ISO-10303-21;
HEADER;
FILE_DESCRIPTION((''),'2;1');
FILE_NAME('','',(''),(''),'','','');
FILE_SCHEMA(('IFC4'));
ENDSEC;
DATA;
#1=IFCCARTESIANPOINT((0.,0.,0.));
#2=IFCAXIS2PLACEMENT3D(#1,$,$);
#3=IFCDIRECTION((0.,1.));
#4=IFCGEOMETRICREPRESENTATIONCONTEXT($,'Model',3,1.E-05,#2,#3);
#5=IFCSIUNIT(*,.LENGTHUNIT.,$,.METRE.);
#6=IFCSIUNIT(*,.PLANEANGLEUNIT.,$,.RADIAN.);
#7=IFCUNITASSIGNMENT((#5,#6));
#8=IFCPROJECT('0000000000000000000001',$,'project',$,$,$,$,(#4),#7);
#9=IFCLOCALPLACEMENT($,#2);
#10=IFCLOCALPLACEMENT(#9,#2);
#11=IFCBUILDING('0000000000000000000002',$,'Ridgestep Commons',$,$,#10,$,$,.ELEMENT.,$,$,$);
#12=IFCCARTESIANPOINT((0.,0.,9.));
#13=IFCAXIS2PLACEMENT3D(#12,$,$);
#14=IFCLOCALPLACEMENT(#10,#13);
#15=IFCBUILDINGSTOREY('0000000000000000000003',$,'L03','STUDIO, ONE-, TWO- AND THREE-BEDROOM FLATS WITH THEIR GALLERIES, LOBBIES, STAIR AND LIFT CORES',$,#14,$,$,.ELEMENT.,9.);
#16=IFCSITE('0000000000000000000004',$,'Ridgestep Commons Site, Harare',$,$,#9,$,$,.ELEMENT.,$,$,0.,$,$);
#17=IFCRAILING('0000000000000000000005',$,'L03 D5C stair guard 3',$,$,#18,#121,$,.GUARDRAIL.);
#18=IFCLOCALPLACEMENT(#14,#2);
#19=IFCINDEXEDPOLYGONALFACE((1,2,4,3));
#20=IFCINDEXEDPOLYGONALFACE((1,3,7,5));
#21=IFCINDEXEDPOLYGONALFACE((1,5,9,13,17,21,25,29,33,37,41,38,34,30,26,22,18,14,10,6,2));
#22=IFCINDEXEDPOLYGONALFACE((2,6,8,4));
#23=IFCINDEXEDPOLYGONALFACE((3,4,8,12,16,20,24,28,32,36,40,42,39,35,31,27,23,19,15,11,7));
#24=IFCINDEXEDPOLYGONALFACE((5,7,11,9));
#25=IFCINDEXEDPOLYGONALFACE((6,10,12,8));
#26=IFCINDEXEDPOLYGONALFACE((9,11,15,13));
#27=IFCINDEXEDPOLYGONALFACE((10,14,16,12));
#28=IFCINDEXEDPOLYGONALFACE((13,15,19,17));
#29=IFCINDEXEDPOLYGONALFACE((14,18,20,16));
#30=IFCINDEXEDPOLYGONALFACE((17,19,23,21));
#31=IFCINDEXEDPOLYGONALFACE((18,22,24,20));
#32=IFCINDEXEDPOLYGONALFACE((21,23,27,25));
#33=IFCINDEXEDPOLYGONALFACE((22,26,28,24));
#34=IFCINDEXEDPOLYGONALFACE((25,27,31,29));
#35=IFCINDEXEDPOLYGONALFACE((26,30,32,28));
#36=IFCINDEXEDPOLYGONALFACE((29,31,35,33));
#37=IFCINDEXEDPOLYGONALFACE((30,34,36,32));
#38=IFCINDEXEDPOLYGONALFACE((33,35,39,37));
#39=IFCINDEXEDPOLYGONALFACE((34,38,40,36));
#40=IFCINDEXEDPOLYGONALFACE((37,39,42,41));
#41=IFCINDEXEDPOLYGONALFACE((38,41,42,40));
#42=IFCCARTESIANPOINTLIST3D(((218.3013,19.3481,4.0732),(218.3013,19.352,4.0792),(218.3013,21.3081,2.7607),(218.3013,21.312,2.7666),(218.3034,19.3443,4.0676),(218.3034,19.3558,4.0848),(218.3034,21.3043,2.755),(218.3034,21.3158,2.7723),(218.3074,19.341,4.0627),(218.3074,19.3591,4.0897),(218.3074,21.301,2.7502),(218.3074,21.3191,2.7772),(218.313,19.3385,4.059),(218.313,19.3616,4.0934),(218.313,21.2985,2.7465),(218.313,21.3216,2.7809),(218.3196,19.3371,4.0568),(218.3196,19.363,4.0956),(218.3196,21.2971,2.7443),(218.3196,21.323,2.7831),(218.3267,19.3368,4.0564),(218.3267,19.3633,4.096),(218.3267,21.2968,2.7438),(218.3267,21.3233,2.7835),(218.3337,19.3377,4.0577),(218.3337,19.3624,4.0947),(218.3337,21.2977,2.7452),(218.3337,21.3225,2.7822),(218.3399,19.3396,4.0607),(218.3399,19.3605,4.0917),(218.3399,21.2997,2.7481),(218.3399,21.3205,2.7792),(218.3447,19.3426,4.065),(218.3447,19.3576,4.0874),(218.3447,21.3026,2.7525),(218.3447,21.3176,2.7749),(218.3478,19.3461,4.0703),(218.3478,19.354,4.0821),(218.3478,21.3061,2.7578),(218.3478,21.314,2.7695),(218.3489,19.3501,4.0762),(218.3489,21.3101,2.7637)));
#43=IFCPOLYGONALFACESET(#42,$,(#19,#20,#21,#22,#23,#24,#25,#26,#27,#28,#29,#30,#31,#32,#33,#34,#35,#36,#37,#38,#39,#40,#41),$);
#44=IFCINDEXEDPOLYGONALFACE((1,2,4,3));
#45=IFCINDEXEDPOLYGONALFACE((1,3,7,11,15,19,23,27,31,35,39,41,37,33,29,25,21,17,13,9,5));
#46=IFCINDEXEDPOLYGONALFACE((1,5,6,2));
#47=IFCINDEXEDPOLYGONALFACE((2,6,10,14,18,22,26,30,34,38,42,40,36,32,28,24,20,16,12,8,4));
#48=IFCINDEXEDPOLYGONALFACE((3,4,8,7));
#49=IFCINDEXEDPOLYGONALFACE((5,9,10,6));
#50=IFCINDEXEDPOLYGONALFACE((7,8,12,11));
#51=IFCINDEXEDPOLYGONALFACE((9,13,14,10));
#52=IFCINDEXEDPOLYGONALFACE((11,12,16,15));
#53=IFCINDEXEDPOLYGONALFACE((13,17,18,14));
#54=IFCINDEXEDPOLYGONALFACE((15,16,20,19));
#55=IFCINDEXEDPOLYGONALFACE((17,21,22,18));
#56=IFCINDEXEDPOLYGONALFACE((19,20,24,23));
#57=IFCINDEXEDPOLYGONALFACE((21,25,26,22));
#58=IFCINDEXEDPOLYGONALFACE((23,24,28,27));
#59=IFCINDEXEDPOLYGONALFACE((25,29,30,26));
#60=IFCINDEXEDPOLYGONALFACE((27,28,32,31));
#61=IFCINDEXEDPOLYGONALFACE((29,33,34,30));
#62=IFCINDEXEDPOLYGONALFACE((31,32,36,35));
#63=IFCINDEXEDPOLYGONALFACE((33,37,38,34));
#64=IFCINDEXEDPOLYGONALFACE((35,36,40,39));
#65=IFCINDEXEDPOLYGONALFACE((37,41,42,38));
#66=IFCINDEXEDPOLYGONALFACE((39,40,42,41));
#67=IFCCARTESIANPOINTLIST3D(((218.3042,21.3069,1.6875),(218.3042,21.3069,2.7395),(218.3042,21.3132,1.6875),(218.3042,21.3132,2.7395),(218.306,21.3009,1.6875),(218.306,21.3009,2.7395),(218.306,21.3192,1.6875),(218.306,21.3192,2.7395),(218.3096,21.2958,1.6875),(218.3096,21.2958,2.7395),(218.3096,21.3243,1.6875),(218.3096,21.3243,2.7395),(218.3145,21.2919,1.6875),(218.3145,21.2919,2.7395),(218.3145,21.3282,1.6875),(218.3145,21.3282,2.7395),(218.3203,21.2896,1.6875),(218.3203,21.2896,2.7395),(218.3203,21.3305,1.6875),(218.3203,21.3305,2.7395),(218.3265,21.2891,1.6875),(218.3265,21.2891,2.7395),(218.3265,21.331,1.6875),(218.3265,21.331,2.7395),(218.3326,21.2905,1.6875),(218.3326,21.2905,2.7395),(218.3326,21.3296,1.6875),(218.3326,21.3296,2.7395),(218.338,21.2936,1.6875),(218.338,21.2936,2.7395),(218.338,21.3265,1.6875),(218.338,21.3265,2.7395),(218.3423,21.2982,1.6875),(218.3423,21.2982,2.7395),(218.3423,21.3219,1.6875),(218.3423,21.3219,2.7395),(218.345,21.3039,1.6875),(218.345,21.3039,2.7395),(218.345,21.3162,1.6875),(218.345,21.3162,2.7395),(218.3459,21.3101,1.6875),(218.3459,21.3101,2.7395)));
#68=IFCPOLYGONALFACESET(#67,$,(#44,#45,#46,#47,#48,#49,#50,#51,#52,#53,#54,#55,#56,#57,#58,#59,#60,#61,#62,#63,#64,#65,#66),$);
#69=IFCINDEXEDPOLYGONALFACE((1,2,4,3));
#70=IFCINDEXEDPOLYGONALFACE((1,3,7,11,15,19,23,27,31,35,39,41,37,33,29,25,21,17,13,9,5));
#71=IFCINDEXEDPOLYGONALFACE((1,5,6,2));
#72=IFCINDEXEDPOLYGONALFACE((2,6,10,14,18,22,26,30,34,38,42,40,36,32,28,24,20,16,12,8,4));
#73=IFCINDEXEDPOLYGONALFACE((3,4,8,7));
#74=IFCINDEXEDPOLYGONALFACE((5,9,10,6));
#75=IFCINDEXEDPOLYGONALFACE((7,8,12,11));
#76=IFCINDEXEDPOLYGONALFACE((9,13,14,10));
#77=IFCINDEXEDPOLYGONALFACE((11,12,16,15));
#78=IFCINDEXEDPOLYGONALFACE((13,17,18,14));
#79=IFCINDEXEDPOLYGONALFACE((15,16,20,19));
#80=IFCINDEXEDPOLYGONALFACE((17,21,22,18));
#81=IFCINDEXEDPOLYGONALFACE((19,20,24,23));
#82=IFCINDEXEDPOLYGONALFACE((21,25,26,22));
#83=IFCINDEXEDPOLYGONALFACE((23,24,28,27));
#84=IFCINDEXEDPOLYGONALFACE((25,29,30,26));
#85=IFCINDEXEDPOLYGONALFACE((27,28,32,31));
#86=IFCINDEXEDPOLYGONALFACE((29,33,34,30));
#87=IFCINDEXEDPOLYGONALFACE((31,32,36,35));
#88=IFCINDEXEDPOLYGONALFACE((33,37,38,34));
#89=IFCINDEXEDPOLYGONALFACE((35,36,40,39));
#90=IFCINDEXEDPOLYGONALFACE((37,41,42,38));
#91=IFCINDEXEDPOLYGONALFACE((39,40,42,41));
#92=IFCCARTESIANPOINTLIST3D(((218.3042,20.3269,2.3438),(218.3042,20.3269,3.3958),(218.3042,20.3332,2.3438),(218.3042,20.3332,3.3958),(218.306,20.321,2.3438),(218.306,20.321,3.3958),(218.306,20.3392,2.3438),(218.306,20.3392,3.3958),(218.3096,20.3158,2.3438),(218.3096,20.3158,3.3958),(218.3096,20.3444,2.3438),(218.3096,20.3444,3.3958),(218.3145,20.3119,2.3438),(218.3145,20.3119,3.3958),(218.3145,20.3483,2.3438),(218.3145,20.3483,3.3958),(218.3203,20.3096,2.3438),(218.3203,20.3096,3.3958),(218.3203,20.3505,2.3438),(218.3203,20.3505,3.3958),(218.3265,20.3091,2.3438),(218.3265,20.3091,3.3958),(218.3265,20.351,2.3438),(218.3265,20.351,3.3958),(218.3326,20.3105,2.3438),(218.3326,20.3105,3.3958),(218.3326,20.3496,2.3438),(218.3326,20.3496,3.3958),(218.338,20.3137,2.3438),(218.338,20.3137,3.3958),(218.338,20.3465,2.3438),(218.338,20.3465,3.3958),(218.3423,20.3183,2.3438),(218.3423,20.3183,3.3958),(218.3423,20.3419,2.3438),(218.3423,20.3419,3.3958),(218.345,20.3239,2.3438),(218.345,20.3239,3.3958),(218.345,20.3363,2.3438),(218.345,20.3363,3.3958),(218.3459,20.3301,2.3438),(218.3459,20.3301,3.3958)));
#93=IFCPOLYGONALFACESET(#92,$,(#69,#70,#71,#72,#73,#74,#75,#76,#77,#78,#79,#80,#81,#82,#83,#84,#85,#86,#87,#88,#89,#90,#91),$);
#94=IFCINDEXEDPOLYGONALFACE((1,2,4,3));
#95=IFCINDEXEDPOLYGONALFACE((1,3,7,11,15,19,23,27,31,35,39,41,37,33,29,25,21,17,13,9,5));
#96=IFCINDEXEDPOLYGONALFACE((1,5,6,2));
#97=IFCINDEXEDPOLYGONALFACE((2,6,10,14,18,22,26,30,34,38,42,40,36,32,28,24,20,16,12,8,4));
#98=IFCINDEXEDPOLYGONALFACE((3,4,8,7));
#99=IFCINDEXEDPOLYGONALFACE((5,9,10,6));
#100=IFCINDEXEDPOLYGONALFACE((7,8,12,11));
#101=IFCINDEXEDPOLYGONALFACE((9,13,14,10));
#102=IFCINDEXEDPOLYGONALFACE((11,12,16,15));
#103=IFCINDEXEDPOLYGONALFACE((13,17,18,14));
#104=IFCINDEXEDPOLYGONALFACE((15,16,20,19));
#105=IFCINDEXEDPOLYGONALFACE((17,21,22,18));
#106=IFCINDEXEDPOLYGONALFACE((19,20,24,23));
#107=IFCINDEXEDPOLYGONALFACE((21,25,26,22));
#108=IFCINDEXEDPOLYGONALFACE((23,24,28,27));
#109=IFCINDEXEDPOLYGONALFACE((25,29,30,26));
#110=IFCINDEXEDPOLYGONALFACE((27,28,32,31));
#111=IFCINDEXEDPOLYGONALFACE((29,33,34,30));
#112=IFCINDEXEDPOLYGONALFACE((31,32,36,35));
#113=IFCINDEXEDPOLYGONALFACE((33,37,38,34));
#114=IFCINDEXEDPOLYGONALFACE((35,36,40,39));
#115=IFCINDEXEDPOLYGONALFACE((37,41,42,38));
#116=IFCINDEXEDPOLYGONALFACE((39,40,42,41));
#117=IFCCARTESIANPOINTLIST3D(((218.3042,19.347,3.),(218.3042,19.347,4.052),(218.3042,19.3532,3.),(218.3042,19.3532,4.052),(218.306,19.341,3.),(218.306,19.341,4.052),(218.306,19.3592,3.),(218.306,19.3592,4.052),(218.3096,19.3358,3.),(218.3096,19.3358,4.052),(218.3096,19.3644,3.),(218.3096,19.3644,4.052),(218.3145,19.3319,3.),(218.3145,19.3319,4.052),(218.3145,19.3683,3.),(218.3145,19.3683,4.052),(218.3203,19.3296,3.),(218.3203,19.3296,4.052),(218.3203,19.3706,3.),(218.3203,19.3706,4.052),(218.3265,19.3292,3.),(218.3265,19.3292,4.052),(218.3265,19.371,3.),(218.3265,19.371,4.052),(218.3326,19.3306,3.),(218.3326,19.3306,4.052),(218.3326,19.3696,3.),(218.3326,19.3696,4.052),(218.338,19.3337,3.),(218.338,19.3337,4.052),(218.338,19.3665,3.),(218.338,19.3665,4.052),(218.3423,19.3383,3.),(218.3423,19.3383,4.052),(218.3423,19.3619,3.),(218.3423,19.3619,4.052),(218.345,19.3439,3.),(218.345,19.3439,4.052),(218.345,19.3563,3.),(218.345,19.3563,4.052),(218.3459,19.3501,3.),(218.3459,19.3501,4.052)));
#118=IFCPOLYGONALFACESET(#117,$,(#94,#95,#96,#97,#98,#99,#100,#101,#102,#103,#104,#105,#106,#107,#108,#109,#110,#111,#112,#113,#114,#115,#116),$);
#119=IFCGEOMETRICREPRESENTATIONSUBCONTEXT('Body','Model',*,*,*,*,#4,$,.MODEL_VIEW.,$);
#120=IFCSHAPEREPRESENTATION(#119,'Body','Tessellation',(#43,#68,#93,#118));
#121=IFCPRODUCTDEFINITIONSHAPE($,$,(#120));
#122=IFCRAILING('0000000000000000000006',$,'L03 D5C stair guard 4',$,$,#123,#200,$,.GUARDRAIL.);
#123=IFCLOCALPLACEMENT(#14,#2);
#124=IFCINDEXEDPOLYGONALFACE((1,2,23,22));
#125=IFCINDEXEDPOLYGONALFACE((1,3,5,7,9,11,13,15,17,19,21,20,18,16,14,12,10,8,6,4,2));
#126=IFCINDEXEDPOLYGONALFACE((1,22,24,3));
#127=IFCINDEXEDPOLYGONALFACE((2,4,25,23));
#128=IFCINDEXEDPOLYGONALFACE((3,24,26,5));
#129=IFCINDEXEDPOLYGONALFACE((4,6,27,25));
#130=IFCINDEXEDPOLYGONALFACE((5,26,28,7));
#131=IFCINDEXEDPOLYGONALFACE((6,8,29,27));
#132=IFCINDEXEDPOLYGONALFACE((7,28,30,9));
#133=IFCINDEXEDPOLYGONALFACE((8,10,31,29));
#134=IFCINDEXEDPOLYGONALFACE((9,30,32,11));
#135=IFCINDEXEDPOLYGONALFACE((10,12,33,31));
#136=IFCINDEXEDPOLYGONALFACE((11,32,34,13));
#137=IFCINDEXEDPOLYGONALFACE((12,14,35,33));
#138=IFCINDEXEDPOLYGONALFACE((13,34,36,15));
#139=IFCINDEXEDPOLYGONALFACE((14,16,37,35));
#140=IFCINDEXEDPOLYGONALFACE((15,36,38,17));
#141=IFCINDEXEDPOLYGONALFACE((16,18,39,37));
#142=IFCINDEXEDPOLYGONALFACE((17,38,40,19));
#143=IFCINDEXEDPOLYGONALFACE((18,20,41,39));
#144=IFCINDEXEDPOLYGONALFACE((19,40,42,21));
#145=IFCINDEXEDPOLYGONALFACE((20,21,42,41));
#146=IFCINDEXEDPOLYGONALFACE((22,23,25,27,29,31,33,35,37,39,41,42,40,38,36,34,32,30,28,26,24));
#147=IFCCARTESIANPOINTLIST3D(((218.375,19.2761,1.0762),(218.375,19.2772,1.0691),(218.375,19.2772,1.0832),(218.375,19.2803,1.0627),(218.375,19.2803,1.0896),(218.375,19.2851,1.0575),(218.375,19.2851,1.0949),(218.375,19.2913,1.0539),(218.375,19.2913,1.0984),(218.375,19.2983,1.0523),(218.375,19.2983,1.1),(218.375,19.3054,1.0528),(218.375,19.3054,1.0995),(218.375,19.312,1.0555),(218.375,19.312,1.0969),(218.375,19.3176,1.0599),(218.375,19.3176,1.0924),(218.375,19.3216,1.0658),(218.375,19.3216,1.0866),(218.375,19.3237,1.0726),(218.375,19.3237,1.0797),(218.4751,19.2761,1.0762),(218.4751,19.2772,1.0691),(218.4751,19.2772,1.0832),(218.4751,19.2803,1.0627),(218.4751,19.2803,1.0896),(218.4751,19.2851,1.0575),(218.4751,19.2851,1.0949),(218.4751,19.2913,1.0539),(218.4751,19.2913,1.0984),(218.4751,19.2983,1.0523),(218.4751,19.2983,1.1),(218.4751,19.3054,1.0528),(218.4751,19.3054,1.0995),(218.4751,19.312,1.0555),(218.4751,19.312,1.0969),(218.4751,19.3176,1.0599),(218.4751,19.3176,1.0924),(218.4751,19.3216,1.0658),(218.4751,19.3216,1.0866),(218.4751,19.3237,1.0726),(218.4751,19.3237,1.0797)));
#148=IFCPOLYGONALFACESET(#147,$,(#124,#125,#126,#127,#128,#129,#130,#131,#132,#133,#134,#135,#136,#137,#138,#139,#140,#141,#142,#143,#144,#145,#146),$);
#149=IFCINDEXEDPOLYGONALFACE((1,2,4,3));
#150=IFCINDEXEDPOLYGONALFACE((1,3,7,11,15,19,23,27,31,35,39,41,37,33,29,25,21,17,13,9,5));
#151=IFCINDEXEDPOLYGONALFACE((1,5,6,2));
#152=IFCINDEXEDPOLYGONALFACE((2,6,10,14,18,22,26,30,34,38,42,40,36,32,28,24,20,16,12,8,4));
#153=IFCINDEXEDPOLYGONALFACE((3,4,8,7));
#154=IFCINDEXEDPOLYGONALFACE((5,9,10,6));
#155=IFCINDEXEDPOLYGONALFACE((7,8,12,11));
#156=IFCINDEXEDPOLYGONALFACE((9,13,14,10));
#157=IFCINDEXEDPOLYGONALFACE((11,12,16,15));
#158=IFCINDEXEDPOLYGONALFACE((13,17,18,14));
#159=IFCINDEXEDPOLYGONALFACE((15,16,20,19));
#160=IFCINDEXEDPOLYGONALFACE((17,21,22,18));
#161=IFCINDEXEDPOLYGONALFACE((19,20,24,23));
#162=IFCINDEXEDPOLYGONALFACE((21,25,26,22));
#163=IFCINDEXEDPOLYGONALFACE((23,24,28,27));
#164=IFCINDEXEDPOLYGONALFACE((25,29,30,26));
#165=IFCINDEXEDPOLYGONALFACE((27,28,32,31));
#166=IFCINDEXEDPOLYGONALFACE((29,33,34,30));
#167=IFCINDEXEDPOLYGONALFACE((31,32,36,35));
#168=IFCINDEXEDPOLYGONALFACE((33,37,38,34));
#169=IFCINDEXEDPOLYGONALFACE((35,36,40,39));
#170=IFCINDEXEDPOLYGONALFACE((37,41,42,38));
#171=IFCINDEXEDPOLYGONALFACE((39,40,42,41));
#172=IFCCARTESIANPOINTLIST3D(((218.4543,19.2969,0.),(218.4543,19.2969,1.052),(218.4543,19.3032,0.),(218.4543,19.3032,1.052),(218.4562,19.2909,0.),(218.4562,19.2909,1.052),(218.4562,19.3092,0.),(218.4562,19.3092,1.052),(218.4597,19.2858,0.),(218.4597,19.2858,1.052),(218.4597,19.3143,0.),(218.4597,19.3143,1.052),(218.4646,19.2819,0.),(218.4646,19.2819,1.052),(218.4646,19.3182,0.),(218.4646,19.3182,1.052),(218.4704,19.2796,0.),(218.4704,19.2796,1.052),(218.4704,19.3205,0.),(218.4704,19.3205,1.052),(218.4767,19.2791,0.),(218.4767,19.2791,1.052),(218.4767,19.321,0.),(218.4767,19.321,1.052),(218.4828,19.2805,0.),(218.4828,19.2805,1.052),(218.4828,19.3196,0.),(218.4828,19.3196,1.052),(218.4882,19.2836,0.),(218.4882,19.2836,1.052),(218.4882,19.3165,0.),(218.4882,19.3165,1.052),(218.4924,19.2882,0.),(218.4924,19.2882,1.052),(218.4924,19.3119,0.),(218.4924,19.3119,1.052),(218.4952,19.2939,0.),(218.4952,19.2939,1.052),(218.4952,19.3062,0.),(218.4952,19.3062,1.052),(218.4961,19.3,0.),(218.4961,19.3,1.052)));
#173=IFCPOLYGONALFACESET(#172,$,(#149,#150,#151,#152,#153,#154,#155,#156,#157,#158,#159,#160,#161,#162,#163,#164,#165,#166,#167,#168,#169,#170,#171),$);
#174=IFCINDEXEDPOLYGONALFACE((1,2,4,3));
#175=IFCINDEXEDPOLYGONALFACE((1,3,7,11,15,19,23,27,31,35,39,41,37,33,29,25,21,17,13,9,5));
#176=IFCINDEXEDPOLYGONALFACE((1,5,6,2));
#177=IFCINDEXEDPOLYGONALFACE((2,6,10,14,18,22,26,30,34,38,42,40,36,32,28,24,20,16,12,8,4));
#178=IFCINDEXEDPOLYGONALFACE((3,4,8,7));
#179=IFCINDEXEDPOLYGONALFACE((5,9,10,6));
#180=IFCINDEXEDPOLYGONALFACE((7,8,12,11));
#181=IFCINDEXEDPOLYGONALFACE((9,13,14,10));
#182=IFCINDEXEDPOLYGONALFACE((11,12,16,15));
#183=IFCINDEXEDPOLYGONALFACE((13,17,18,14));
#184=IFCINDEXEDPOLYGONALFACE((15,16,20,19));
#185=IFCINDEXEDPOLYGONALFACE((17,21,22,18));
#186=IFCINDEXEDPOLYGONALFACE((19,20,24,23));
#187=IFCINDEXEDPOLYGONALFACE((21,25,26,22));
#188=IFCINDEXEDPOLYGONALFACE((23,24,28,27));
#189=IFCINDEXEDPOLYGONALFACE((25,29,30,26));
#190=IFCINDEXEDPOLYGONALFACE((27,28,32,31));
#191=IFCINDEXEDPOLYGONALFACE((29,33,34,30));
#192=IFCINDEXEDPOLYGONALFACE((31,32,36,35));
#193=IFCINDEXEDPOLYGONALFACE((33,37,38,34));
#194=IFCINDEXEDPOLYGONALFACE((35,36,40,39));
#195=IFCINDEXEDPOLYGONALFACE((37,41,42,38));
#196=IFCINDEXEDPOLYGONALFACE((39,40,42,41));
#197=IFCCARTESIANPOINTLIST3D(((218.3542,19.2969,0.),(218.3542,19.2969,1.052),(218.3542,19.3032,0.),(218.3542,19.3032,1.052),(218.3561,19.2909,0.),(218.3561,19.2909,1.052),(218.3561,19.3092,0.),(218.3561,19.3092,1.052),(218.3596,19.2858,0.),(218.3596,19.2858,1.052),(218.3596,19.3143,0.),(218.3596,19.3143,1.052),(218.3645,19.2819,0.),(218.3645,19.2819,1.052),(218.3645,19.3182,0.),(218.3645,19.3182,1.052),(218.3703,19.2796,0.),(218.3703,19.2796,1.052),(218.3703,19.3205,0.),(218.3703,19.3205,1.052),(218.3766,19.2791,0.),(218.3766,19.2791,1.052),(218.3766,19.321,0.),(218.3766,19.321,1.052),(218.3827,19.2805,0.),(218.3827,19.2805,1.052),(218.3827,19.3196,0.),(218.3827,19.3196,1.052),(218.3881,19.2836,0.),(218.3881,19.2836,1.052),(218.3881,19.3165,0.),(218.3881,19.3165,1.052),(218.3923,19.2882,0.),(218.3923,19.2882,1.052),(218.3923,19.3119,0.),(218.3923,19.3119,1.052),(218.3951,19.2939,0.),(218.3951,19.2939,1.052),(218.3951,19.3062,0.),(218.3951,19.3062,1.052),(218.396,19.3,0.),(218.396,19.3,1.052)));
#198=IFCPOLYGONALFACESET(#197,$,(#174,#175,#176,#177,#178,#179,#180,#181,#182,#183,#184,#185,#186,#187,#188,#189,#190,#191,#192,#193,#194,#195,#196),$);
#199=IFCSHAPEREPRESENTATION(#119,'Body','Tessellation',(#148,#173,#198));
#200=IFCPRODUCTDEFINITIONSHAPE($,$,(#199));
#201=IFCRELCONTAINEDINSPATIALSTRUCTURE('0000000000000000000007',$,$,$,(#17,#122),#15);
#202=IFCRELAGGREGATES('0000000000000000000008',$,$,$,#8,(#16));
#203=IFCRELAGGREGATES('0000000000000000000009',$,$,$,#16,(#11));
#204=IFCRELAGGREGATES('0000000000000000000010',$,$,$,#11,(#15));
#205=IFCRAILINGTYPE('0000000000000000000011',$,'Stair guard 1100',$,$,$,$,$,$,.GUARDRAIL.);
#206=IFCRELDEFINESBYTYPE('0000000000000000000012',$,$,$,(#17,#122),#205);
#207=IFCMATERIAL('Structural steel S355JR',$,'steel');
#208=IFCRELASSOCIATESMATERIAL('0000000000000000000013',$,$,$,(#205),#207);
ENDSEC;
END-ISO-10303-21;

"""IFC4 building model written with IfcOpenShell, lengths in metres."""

from ifc_helpers import new_model, si_unit, direction, frame, origin, origin_2d, place, context, subcontext, project, spatial, circle, extrude, material, type_object, element, save


model = new_model("IFC4")

# Units and contexts
model_context = context("Model", 3, precision=1e-05, world=origin(), true_north=direction((0.0, 1.0)))
body_context = subcontext(model_context, "Body", "Model", "MODEL_VIEW")
ifc_project = project(units=[si_unit("LENGTHUNIT", "METRE"), si_unit("PLANEANGLEUNIT", "RADIAN")], contexts=[model_context])

# Site, building, storey
site_placement = place(None, origin())
site = spatial("IfcSite", under=ifc_project, at=site_placement, Name="Ridgestep Commons Site, Harare", CompositionType="ELEMENT", RefElevation=0.0)
building_placement = place(site_placement, origin())
building = spatial("IfcBuilding", under=site, at=building_placement, Name="Ridgestep Commons", CompositionType="ELEMENT")
storey_placement = place(building_placement, frame((0.0, 0.0, 9.0)))
storey = spatial("IfcBuildingStorey", under=building, at=storey_placement, Name="L03", Description="STUDIO, ONE-, TWO- AND THREE-BEDROOM FLATS WITH THEIR GALLERIES, LOBBIES, STAIR AND LIFT CORES", CompositionType="ELEMENT", Elevation=9.0)

# Railings
ifc_material_1 = material(Name="Structural steel S355JR", Category="steel")
railing_type_1 = type_object("IfcRailingType", Name="Stair guard 1100", PredefinedType="GUARDRAIL", material=ifc_material_1)
railing_1_placement = place(storey_placement, frame((218.325, 21.3101, 1.6875)))
element("IfcRailing", 1, at=railing_1_placement, inside=storey, type_object=railing_type_1, Name="L03 D5C stair guard 3", PredefinedType="GUARDRAIL", context=body_context, shape_type="SweptSolid", body=[
    extrude(circle(Radius=0.0239, at=origin_2d()), frame((0.0, 0.0, 1.0762), z_axis=(0.0, -0.830902, 0.556419), x_axis=(1.0, 0.0, 0.0)), (0.0, 0.0, 1.0), 2.3589),
    extrude(circle(Radius=0.021, at=origin_2d()), origin(), (0.0, 0.0, 1.0), 1.052),
    extrude(circle(Radius=0.021, at=origin_2d()), frame((0.0, -0.98, 0.6562)), (0.0, 0.0, 1.0), 1.052),
    extrude(circle(Radius=0.021, at=origin_2d()), frame((0.0, -1.96, 1.3125)), (0.0, 0.0, 1.0), 1.052),
])
railing_2_placement = place(storey_placement, frame((218.4751, 19.3, 0.0)))
element("IfcRailing", 2, at=railing_2_placement, inside=storey, type_object=railing_type_1, Name="L03 D5C stair guard 4", PredefinedType="GUARDRAIL", context=body_context, shape_type="SweptSolid", body=[
    extrude(circle(Radius=0.0239, at=origin_2d()), frame((0.0, 0.0, 1.0762), z_axis=(-1.0, 0.0, 0.0), x_axis=(0.0, -1.0, 0.0)), (0.0, 0.0, 1.0), 0.1001),
    extrude(circle(Radius=0.021, at=origin_2d()), origin(), (0.0, 0.0, 1.0), 1.052),
    extrude(circle(Radius=0.021, at=origin_2d()), frame((-0.1001, 0.0, 0.0)), (0.0, 0.0, 1.0), 1.052),
])

save(model, "model.ifc")
